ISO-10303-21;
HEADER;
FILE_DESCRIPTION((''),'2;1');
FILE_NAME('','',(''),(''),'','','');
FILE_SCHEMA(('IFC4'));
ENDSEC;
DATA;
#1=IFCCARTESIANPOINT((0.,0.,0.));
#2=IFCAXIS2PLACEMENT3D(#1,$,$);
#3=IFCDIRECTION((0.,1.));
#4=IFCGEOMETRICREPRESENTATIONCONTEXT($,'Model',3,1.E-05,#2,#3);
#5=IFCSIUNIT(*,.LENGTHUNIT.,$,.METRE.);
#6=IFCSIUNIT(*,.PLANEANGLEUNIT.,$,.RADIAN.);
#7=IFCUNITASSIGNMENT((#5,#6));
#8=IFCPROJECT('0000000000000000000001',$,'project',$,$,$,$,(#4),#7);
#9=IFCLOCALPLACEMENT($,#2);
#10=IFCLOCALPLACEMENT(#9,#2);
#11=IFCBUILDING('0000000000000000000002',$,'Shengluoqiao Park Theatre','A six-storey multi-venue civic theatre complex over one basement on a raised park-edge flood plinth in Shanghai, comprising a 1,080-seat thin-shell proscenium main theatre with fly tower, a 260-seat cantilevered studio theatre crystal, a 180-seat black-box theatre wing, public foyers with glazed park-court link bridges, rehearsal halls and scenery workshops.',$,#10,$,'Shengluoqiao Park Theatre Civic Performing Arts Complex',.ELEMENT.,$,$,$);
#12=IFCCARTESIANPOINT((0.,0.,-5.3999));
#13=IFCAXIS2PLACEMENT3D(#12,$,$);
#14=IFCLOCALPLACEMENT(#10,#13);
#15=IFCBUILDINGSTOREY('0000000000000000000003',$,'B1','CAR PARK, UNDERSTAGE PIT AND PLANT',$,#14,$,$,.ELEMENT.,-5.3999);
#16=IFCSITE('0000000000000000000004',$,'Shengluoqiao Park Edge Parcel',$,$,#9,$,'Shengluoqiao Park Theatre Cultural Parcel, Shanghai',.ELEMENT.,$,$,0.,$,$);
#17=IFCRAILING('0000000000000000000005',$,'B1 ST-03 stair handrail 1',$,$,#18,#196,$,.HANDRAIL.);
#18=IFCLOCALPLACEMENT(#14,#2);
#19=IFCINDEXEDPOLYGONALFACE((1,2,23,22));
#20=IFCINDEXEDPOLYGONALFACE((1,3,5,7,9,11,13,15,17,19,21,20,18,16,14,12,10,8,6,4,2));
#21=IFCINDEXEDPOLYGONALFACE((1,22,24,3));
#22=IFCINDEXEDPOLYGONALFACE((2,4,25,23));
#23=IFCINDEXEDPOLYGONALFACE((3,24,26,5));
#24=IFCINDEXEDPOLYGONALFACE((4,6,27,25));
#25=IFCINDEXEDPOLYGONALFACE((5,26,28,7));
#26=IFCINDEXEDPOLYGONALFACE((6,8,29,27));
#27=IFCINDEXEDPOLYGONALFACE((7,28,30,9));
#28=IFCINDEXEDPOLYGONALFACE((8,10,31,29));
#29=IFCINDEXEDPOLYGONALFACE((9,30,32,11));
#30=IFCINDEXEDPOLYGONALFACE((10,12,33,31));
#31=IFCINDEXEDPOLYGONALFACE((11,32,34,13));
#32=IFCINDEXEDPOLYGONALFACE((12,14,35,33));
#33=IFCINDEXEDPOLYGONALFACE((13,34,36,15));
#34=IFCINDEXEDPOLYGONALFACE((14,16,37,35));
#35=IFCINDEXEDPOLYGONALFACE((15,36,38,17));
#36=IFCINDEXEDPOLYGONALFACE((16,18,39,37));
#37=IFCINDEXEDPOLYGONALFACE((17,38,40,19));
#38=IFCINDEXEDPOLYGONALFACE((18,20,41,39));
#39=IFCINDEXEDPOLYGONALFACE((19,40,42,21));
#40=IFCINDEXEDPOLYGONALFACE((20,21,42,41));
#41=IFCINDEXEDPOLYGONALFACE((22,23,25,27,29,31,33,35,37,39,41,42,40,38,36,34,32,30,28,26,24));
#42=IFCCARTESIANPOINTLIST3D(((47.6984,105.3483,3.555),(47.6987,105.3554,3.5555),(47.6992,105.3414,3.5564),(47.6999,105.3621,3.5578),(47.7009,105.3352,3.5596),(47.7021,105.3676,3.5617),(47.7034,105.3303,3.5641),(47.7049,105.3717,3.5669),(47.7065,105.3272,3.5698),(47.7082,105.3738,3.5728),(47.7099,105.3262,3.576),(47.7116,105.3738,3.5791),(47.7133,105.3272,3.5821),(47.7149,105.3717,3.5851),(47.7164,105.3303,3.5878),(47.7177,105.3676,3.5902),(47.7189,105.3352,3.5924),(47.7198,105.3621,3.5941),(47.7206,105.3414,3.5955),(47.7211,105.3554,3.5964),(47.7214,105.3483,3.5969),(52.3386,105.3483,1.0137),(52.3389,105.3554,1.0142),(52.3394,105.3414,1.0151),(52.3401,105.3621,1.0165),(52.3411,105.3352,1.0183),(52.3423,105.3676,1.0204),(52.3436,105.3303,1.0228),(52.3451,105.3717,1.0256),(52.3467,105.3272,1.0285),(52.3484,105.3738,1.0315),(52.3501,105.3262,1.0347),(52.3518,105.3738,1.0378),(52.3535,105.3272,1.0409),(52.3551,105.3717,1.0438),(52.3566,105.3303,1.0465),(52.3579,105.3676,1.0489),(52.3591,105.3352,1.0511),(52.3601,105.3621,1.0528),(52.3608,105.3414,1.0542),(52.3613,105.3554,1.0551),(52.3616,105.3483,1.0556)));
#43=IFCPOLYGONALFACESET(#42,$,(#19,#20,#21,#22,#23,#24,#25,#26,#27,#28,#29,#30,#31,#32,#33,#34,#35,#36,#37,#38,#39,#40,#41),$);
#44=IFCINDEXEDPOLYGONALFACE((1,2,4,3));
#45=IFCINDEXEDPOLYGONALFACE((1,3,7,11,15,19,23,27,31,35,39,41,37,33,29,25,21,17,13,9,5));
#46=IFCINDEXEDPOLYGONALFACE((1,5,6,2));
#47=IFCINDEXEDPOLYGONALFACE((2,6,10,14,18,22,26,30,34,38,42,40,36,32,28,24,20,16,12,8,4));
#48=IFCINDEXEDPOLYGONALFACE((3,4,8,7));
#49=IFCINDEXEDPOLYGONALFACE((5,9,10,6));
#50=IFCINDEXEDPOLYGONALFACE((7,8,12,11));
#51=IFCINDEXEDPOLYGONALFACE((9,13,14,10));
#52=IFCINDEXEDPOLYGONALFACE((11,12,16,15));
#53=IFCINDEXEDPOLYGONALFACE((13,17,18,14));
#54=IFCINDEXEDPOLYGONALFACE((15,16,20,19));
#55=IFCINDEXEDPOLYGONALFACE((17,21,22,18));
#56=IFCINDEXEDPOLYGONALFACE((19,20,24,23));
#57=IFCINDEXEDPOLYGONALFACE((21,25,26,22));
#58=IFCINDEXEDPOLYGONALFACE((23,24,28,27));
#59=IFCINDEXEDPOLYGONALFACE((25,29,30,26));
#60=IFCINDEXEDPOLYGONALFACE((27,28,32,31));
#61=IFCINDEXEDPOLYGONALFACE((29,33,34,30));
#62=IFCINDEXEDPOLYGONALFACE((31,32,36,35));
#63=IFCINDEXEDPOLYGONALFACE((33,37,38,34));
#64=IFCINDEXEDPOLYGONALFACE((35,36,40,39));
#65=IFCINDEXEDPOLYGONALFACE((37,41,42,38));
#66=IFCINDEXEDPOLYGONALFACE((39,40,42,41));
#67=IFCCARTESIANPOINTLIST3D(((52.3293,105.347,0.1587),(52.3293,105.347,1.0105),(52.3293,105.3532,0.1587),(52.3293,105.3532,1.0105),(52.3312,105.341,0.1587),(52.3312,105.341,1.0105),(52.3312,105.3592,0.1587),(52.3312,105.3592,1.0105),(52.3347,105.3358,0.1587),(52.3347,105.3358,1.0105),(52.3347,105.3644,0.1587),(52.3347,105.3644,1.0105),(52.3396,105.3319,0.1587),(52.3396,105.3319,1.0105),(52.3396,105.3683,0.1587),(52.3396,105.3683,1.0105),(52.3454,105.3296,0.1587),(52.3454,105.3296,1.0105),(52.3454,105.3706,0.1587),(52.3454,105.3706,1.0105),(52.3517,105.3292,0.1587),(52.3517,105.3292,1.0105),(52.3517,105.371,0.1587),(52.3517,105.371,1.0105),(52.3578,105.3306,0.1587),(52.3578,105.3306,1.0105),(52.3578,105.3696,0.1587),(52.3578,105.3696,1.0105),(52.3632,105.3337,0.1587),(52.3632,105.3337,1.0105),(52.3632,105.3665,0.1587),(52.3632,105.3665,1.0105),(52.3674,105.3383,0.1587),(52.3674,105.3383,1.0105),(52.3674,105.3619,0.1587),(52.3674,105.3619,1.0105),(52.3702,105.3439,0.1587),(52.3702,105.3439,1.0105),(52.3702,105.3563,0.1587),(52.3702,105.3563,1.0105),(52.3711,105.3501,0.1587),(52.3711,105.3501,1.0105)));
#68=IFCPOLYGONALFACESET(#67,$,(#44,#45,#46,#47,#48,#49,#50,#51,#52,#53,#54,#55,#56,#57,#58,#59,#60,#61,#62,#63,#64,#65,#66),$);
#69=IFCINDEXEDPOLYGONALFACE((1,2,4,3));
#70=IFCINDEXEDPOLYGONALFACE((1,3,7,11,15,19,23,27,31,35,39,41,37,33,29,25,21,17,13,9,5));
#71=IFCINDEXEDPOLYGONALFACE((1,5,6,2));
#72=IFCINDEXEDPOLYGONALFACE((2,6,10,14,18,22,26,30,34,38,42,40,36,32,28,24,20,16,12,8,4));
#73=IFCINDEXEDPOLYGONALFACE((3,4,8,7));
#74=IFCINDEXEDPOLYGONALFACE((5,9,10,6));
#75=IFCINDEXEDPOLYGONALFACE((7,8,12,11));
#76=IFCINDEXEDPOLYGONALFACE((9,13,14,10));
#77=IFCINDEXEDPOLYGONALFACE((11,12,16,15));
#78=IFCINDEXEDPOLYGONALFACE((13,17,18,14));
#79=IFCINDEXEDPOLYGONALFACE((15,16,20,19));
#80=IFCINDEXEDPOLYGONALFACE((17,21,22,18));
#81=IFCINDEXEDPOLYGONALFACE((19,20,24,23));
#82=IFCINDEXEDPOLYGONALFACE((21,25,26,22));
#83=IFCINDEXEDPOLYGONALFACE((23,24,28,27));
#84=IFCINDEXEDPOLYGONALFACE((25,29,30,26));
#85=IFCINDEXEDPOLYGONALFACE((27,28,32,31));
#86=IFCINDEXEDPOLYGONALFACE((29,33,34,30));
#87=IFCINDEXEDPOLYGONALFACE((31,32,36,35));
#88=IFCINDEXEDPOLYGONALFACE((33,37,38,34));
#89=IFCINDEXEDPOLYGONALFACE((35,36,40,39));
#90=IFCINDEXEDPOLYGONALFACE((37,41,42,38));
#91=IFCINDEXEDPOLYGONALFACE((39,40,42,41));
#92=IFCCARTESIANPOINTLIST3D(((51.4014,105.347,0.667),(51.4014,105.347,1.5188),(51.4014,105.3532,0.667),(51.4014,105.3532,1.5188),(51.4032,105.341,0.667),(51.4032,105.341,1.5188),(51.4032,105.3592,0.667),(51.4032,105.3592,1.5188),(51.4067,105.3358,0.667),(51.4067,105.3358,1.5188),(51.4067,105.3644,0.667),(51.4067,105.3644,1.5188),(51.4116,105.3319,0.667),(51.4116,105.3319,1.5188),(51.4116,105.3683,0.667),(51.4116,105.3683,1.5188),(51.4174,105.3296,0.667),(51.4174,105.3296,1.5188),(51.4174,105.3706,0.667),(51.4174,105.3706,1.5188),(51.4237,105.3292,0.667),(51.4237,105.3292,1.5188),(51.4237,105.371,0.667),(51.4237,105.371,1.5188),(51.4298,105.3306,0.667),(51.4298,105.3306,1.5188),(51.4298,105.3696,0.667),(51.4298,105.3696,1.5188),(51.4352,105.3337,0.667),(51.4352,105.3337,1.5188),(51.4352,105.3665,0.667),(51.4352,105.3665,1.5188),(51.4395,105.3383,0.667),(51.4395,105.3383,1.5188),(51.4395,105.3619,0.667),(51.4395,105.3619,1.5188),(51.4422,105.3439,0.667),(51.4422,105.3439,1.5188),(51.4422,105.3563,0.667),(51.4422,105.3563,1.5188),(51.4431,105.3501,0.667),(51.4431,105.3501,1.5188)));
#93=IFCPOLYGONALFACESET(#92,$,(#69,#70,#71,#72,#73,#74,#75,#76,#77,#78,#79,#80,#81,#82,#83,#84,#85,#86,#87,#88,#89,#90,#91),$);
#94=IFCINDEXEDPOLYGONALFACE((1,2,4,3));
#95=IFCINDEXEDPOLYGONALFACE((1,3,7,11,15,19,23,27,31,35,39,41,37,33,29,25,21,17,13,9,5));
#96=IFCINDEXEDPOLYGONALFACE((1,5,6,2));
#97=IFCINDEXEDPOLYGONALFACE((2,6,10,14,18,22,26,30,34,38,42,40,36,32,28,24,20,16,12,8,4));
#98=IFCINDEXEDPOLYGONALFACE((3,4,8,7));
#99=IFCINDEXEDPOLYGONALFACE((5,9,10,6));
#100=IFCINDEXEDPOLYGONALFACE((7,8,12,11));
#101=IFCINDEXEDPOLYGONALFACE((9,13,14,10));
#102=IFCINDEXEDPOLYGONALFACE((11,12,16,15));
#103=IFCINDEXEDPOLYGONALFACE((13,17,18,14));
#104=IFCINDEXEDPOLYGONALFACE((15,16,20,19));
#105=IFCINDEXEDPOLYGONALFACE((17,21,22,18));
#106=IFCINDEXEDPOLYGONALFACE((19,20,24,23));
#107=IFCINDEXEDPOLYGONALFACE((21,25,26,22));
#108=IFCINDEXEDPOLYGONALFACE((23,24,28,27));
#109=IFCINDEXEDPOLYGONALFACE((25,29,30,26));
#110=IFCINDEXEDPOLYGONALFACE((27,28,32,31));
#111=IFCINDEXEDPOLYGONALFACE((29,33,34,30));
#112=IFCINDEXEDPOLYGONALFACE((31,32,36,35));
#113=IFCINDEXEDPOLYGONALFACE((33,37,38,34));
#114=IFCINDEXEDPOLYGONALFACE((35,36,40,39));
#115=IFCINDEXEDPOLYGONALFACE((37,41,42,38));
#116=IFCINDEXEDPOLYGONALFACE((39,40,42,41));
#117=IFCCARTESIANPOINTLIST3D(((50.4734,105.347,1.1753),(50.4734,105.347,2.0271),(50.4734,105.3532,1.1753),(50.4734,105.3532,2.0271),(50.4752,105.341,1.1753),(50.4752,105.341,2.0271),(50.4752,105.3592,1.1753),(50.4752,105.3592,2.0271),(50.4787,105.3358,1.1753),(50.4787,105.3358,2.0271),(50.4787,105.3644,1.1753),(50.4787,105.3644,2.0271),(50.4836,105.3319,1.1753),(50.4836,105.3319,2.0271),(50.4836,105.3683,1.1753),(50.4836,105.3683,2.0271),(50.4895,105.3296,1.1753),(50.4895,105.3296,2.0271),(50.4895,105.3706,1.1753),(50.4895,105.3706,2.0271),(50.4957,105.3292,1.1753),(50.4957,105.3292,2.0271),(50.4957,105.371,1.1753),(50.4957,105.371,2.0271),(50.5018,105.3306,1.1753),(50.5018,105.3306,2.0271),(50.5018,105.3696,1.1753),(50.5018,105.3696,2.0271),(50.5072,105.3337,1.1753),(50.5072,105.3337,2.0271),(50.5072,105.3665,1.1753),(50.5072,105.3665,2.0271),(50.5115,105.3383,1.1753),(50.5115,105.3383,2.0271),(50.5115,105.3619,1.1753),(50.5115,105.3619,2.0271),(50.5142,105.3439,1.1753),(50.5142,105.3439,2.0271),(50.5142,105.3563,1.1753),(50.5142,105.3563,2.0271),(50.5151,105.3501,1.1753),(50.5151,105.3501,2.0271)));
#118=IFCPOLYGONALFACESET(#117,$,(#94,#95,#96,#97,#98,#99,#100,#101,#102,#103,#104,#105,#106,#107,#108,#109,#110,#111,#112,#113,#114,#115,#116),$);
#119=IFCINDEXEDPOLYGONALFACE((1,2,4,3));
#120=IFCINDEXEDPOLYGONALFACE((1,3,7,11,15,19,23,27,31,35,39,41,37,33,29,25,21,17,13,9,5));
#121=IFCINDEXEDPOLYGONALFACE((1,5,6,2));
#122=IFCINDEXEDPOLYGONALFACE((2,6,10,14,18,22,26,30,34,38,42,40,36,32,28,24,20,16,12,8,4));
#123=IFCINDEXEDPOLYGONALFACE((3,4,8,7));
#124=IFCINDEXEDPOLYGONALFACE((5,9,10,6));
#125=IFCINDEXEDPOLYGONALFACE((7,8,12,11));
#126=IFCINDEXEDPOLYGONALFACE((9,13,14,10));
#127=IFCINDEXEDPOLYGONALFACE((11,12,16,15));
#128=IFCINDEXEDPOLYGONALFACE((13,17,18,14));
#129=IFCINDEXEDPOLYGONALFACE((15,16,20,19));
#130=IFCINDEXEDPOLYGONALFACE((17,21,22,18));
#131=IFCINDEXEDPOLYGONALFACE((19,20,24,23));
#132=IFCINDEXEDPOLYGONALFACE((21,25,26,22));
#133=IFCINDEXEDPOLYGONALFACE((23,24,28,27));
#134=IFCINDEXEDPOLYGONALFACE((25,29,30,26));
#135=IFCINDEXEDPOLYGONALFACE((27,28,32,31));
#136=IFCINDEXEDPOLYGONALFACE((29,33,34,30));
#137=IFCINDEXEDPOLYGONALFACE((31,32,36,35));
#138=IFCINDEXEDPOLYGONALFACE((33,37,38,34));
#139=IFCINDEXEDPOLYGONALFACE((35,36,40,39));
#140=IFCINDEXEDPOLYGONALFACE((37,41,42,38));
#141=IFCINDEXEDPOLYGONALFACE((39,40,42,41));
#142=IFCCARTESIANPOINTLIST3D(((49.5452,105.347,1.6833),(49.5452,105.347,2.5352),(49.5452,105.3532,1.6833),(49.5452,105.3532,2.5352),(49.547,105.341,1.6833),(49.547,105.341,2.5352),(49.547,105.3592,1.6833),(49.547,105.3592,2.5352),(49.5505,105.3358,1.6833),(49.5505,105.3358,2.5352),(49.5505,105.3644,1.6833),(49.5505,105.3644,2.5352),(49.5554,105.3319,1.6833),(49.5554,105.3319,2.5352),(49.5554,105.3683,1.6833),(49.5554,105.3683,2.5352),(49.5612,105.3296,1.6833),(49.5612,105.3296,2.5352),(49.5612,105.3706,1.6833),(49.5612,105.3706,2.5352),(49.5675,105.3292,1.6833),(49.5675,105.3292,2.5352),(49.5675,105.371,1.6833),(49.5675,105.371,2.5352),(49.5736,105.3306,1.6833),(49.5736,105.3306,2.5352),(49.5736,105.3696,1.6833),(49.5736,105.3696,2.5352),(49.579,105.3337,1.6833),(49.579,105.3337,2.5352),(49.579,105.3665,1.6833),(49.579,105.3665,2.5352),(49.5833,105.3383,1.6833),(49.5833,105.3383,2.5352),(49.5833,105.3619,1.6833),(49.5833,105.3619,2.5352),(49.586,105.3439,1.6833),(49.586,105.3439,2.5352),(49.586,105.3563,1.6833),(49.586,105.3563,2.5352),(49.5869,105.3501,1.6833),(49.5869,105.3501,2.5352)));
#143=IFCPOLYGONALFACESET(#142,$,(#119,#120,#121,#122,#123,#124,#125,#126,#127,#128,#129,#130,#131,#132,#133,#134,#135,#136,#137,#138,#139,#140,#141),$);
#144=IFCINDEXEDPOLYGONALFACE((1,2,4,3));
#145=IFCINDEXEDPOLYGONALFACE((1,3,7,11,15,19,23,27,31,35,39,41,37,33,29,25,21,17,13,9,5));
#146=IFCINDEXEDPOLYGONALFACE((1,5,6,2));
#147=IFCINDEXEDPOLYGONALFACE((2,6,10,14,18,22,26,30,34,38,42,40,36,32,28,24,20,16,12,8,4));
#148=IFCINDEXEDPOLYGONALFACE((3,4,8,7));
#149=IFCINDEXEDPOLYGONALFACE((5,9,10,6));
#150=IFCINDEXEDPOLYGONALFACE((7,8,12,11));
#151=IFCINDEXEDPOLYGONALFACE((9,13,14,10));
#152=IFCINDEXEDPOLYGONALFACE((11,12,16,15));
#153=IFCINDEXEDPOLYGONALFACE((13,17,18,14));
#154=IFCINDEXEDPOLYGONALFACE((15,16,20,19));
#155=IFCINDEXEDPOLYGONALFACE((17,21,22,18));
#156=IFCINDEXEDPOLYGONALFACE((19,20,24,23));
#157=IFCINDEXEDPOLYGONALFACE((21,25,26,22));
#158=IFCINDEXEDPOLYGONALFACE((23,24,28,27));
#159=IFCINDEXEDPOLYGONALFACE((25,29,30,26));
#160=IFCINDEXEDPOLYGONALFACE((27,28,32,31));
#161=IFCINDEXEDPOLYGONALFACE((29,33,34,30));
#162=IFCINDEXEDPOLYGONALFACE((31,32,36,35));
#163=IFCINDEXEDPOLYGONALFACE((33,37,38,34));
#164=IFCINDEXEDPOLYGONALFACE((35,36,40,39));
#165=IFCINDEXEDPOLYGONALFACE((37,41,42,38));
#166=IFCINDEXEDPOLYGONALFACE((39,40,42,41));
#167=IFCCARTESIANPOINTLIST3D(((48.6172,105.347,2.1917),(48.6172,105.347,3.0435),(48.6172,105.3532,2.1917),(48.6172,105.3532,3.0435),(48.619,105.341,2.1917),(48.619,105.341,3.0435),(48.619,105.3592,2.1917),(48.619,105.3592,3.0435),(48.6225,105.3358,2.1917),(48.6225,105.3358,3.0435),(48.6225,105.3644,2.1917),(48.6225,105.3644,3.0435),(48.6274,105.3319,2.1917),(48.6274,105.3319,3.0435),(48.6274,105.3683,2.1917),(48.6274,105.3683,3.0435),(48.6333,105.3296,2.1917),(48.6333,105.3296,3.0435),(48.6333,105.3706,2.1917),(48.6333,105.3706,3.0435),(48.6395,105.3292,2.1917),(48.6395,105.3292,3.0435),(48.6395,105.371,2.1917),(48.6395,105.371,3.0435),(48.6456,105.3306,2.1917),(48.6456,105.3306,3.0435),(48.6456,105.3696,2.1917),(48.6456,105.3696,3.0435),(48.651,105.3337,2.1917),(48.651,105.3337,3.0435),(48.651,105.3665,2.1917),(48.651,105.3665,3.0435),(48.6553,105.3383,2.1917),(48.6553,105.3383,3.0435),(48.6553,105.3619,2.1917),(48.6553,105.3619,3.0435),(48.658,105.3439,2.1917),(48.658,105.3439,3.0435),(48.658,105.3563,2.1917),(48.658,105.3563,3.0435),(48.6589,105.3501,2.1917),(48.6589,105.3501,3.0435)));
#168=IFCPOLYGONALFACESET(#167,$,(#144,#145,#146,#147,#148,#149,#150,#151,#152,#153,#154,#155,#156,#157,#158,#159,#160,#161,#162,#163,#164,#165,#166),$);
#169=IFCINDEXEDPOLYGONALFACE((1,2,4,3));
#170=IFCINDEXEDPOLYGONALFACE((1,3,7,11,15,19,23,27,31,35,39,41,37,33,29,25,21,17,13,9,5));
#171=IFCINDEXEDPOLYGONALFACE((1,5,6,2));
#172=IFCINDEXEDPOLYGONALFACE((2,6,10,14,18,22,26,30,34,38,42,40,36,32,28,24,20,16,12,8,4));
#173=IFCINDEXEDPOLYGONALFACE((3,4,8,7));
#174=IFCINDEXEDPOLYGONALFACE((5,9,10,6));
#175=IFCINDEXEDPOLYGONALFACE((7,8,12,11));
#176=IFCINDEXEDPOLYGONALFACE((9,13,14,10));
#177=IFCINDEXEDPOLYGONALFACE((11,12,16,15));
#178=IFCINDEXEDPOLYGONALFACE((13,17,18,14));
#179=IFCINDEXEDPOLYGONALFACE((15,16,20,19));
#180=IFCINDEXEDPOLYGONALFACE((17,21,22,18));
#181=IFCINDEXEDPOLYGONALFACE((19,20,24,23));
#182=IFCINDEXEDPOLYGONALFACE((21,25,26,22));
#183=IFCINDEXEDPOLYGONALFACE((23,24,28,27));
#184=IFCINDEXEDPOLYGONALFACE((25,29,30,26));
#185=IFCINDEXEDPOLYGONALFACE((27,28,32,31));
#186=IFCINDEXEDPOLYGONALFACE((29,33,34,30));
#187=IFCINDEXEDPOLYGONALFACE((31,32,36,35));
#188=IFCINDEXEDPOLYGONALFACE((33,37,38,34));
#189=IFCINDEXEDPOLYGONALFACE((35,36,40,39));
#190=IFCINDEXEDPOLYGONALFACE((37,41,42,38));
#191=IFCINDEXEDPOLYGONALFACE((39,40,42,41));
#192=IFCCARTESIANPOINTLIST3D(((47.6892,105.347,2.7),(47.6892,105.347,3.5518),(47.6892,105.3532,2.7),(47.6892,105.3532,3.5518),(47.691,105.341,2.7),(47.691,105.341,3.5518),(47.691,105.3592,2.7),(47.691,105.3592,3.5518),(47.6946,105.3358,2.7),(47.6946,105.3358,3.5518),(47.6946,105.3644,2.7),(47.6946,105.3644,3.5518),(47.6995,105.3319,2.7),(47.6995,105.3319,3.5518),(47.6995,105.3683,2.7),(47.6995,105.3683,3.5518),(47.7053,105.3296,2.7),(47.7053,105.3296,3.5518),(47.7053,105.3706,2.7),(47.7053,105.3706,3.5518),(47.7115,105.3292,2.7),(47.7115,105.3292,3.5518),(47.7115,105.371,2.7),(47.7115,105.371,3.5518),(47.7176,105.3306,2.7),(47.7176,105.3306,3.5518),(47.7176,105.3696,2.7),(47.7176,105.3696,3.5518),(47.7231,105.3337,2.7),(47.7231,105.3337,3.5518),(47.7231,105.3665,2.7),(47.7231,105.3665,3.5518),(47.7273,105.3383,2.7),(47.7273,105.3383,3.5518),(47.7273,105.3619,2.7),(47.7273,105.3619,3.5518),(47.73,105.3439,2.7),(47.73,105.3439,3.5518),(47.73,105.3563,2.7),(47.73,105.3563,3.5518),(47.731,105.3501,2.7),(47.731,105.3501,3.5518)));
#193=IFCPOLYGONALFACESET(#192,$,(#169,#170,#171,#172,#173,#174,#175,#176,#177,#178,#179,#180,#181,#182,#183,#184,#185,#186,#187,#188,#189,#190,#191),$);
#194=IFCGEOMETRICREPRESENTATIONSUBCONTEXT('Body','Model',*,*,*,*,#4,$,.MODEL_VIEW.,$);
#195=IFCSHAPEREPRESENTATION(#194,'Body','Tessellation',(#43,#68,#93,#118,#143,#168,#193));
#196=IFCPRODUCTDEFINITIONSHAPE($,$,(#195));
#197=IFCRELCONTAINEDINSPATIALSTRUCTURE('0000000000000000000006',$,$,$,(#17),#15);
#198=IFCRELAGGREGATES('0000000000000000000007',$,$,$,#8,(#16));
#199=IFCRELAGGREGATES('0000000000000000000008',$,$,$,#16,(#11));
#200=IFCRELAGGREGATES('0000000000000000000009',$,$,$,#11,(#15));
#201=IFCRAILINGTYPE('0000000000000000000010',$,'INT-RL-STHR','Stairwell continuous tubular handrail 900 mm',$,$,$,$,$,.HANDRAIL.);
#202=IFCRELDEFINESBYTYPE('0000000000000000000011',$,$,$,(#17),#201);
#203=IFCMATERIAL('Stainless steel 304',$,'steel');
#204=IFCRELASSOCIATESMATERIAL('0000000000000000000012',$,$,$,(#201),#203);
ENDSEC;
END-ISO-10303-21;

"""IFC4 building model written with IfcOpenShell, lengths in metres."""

from ifc_helpers import new_model, si_unit, direction, frame, origin, origin_2d, place, context, subcontext, project, spatial, circle, extrude, material, type_object, element, save


model = new_model("IFC4")

# Units and contexts
model_context = context("Model", 3, precision=1e-05, world=origin(), true_north=direction((0.0, 1.0)))
body_context = subcontext(model_context, "Body", "Model", "MODEL_VIEW")
ifc_project = project(units=[si_unit("LENGTHUNIT", "METRE"), si_unit("PLANEANGLEUNIT", "RADIAN")], contexts=[model_context])

# Site, building, storey
site_placement = place(None, origin())
site = spatial("IfcSite", under=ifc_project, at=site_placement, Name="Shengluoqiao Park Edge Parcel", LongName="Shengluoqiao Park Theatre Cultural Parcel, Shanghai", CompositionType="ELEMENT", RefElevation=0.0)
building_placement = place(site_placement, origin())
building = spatial("IfcBuilding", under=site, at=building_placement, Name="Shengluoqiao Park Theatre", Description="A six-storey multi-venue civic theatre complex over one basement on a raised park-edge flood plinth in Shanghai, comprising a 1,080-seat thin-shell proscenium main theatre with fly tower, a 260-seat cantilevered studio theatre crystal, a 180-seat black-box theatre wing, public foyers with glazed park-court link bridges, rehearsal halls and scenery workshops.", LongName="Shengluoqiao Park Theatre Civic Performing Arts Complex", CompositionType="ELEMENT")
storey_placement = place(building_placement, frame((0.0, 0.0, -5.3999)))
storey = spatial("IfcBuildingStorey", under=building, at=storey_placement, Name="B1", Description="CAR PARK, UNDERSTAGE PIT AND PLANT", CompositionType="ELEMENT", Elevation=-5.3999)

# Shared definitions
ifc_material_1 = material(Name="Stainless steel 304", Category="steel")

# Railing
railing_type_1 = type_object("IfcRailingType", Name="INT-RL-STHR", Description="Stairwell continuous tubular handrail 900 mm", PredefinedType="HANDRAIL", material=ifc_material_1)
railing_1_placement = place(storey_placement, frame((52.3501, 105.3501, 0.1587)))
element("IfcRailing", 1, at=railing_1_placement, inside=storey, type_object=railing_type_1, Name="B1 ST-03 stair handrail 1", PredefinedType="HANDRAIL", context=body_context, shape_type="SweptSolid", body=[
    extrude(circle(Radius=0.0239, at=origin_2d()), frame((0.0, 0.0, 0.876), z_axis=(-0.877078, 0.0, 0.480348), x_axis=(0.0, -1.0, 0.0)), (0.0, 0.0, 1.0), 5.2905),
    extrude(circle(Radius=0.021, at=origin_2d()), origin(), (0.0, 0.0, 1.0), 0.8518),
    extrude(circle(Radius=0.021, at=origin_2d()), frame((-0.928, 0.0, 0.5083)), (0.0, 0.0, 1.0), 0.8518),
    extrude(circle(Radius=0.021, at=origin_2d()), frame((-1.856, 0.0, 1.0166)), (0.0, 0.0, 1.0), 0.8518),
    extrude(circle(Radius=0.021, at=origin_2d()), frame((-2.7842, 0.0, 1.5247)), (0.0, 0.0, 1.0), 0.8518),
    extrude(circle(Radius=0.021, at=origin_2d()), frame((-3.7122, 0.0, 2.033)), (0.0, 0.0, 1.0), 0.8518),
    extrude(circle(Radius=0.021, at=origin_2d()), frame((-4.6401, 0.0, 2.5413)), (0.0, 0.0, 1.0), 0.8518),
])

save(model, "model.ifc")
